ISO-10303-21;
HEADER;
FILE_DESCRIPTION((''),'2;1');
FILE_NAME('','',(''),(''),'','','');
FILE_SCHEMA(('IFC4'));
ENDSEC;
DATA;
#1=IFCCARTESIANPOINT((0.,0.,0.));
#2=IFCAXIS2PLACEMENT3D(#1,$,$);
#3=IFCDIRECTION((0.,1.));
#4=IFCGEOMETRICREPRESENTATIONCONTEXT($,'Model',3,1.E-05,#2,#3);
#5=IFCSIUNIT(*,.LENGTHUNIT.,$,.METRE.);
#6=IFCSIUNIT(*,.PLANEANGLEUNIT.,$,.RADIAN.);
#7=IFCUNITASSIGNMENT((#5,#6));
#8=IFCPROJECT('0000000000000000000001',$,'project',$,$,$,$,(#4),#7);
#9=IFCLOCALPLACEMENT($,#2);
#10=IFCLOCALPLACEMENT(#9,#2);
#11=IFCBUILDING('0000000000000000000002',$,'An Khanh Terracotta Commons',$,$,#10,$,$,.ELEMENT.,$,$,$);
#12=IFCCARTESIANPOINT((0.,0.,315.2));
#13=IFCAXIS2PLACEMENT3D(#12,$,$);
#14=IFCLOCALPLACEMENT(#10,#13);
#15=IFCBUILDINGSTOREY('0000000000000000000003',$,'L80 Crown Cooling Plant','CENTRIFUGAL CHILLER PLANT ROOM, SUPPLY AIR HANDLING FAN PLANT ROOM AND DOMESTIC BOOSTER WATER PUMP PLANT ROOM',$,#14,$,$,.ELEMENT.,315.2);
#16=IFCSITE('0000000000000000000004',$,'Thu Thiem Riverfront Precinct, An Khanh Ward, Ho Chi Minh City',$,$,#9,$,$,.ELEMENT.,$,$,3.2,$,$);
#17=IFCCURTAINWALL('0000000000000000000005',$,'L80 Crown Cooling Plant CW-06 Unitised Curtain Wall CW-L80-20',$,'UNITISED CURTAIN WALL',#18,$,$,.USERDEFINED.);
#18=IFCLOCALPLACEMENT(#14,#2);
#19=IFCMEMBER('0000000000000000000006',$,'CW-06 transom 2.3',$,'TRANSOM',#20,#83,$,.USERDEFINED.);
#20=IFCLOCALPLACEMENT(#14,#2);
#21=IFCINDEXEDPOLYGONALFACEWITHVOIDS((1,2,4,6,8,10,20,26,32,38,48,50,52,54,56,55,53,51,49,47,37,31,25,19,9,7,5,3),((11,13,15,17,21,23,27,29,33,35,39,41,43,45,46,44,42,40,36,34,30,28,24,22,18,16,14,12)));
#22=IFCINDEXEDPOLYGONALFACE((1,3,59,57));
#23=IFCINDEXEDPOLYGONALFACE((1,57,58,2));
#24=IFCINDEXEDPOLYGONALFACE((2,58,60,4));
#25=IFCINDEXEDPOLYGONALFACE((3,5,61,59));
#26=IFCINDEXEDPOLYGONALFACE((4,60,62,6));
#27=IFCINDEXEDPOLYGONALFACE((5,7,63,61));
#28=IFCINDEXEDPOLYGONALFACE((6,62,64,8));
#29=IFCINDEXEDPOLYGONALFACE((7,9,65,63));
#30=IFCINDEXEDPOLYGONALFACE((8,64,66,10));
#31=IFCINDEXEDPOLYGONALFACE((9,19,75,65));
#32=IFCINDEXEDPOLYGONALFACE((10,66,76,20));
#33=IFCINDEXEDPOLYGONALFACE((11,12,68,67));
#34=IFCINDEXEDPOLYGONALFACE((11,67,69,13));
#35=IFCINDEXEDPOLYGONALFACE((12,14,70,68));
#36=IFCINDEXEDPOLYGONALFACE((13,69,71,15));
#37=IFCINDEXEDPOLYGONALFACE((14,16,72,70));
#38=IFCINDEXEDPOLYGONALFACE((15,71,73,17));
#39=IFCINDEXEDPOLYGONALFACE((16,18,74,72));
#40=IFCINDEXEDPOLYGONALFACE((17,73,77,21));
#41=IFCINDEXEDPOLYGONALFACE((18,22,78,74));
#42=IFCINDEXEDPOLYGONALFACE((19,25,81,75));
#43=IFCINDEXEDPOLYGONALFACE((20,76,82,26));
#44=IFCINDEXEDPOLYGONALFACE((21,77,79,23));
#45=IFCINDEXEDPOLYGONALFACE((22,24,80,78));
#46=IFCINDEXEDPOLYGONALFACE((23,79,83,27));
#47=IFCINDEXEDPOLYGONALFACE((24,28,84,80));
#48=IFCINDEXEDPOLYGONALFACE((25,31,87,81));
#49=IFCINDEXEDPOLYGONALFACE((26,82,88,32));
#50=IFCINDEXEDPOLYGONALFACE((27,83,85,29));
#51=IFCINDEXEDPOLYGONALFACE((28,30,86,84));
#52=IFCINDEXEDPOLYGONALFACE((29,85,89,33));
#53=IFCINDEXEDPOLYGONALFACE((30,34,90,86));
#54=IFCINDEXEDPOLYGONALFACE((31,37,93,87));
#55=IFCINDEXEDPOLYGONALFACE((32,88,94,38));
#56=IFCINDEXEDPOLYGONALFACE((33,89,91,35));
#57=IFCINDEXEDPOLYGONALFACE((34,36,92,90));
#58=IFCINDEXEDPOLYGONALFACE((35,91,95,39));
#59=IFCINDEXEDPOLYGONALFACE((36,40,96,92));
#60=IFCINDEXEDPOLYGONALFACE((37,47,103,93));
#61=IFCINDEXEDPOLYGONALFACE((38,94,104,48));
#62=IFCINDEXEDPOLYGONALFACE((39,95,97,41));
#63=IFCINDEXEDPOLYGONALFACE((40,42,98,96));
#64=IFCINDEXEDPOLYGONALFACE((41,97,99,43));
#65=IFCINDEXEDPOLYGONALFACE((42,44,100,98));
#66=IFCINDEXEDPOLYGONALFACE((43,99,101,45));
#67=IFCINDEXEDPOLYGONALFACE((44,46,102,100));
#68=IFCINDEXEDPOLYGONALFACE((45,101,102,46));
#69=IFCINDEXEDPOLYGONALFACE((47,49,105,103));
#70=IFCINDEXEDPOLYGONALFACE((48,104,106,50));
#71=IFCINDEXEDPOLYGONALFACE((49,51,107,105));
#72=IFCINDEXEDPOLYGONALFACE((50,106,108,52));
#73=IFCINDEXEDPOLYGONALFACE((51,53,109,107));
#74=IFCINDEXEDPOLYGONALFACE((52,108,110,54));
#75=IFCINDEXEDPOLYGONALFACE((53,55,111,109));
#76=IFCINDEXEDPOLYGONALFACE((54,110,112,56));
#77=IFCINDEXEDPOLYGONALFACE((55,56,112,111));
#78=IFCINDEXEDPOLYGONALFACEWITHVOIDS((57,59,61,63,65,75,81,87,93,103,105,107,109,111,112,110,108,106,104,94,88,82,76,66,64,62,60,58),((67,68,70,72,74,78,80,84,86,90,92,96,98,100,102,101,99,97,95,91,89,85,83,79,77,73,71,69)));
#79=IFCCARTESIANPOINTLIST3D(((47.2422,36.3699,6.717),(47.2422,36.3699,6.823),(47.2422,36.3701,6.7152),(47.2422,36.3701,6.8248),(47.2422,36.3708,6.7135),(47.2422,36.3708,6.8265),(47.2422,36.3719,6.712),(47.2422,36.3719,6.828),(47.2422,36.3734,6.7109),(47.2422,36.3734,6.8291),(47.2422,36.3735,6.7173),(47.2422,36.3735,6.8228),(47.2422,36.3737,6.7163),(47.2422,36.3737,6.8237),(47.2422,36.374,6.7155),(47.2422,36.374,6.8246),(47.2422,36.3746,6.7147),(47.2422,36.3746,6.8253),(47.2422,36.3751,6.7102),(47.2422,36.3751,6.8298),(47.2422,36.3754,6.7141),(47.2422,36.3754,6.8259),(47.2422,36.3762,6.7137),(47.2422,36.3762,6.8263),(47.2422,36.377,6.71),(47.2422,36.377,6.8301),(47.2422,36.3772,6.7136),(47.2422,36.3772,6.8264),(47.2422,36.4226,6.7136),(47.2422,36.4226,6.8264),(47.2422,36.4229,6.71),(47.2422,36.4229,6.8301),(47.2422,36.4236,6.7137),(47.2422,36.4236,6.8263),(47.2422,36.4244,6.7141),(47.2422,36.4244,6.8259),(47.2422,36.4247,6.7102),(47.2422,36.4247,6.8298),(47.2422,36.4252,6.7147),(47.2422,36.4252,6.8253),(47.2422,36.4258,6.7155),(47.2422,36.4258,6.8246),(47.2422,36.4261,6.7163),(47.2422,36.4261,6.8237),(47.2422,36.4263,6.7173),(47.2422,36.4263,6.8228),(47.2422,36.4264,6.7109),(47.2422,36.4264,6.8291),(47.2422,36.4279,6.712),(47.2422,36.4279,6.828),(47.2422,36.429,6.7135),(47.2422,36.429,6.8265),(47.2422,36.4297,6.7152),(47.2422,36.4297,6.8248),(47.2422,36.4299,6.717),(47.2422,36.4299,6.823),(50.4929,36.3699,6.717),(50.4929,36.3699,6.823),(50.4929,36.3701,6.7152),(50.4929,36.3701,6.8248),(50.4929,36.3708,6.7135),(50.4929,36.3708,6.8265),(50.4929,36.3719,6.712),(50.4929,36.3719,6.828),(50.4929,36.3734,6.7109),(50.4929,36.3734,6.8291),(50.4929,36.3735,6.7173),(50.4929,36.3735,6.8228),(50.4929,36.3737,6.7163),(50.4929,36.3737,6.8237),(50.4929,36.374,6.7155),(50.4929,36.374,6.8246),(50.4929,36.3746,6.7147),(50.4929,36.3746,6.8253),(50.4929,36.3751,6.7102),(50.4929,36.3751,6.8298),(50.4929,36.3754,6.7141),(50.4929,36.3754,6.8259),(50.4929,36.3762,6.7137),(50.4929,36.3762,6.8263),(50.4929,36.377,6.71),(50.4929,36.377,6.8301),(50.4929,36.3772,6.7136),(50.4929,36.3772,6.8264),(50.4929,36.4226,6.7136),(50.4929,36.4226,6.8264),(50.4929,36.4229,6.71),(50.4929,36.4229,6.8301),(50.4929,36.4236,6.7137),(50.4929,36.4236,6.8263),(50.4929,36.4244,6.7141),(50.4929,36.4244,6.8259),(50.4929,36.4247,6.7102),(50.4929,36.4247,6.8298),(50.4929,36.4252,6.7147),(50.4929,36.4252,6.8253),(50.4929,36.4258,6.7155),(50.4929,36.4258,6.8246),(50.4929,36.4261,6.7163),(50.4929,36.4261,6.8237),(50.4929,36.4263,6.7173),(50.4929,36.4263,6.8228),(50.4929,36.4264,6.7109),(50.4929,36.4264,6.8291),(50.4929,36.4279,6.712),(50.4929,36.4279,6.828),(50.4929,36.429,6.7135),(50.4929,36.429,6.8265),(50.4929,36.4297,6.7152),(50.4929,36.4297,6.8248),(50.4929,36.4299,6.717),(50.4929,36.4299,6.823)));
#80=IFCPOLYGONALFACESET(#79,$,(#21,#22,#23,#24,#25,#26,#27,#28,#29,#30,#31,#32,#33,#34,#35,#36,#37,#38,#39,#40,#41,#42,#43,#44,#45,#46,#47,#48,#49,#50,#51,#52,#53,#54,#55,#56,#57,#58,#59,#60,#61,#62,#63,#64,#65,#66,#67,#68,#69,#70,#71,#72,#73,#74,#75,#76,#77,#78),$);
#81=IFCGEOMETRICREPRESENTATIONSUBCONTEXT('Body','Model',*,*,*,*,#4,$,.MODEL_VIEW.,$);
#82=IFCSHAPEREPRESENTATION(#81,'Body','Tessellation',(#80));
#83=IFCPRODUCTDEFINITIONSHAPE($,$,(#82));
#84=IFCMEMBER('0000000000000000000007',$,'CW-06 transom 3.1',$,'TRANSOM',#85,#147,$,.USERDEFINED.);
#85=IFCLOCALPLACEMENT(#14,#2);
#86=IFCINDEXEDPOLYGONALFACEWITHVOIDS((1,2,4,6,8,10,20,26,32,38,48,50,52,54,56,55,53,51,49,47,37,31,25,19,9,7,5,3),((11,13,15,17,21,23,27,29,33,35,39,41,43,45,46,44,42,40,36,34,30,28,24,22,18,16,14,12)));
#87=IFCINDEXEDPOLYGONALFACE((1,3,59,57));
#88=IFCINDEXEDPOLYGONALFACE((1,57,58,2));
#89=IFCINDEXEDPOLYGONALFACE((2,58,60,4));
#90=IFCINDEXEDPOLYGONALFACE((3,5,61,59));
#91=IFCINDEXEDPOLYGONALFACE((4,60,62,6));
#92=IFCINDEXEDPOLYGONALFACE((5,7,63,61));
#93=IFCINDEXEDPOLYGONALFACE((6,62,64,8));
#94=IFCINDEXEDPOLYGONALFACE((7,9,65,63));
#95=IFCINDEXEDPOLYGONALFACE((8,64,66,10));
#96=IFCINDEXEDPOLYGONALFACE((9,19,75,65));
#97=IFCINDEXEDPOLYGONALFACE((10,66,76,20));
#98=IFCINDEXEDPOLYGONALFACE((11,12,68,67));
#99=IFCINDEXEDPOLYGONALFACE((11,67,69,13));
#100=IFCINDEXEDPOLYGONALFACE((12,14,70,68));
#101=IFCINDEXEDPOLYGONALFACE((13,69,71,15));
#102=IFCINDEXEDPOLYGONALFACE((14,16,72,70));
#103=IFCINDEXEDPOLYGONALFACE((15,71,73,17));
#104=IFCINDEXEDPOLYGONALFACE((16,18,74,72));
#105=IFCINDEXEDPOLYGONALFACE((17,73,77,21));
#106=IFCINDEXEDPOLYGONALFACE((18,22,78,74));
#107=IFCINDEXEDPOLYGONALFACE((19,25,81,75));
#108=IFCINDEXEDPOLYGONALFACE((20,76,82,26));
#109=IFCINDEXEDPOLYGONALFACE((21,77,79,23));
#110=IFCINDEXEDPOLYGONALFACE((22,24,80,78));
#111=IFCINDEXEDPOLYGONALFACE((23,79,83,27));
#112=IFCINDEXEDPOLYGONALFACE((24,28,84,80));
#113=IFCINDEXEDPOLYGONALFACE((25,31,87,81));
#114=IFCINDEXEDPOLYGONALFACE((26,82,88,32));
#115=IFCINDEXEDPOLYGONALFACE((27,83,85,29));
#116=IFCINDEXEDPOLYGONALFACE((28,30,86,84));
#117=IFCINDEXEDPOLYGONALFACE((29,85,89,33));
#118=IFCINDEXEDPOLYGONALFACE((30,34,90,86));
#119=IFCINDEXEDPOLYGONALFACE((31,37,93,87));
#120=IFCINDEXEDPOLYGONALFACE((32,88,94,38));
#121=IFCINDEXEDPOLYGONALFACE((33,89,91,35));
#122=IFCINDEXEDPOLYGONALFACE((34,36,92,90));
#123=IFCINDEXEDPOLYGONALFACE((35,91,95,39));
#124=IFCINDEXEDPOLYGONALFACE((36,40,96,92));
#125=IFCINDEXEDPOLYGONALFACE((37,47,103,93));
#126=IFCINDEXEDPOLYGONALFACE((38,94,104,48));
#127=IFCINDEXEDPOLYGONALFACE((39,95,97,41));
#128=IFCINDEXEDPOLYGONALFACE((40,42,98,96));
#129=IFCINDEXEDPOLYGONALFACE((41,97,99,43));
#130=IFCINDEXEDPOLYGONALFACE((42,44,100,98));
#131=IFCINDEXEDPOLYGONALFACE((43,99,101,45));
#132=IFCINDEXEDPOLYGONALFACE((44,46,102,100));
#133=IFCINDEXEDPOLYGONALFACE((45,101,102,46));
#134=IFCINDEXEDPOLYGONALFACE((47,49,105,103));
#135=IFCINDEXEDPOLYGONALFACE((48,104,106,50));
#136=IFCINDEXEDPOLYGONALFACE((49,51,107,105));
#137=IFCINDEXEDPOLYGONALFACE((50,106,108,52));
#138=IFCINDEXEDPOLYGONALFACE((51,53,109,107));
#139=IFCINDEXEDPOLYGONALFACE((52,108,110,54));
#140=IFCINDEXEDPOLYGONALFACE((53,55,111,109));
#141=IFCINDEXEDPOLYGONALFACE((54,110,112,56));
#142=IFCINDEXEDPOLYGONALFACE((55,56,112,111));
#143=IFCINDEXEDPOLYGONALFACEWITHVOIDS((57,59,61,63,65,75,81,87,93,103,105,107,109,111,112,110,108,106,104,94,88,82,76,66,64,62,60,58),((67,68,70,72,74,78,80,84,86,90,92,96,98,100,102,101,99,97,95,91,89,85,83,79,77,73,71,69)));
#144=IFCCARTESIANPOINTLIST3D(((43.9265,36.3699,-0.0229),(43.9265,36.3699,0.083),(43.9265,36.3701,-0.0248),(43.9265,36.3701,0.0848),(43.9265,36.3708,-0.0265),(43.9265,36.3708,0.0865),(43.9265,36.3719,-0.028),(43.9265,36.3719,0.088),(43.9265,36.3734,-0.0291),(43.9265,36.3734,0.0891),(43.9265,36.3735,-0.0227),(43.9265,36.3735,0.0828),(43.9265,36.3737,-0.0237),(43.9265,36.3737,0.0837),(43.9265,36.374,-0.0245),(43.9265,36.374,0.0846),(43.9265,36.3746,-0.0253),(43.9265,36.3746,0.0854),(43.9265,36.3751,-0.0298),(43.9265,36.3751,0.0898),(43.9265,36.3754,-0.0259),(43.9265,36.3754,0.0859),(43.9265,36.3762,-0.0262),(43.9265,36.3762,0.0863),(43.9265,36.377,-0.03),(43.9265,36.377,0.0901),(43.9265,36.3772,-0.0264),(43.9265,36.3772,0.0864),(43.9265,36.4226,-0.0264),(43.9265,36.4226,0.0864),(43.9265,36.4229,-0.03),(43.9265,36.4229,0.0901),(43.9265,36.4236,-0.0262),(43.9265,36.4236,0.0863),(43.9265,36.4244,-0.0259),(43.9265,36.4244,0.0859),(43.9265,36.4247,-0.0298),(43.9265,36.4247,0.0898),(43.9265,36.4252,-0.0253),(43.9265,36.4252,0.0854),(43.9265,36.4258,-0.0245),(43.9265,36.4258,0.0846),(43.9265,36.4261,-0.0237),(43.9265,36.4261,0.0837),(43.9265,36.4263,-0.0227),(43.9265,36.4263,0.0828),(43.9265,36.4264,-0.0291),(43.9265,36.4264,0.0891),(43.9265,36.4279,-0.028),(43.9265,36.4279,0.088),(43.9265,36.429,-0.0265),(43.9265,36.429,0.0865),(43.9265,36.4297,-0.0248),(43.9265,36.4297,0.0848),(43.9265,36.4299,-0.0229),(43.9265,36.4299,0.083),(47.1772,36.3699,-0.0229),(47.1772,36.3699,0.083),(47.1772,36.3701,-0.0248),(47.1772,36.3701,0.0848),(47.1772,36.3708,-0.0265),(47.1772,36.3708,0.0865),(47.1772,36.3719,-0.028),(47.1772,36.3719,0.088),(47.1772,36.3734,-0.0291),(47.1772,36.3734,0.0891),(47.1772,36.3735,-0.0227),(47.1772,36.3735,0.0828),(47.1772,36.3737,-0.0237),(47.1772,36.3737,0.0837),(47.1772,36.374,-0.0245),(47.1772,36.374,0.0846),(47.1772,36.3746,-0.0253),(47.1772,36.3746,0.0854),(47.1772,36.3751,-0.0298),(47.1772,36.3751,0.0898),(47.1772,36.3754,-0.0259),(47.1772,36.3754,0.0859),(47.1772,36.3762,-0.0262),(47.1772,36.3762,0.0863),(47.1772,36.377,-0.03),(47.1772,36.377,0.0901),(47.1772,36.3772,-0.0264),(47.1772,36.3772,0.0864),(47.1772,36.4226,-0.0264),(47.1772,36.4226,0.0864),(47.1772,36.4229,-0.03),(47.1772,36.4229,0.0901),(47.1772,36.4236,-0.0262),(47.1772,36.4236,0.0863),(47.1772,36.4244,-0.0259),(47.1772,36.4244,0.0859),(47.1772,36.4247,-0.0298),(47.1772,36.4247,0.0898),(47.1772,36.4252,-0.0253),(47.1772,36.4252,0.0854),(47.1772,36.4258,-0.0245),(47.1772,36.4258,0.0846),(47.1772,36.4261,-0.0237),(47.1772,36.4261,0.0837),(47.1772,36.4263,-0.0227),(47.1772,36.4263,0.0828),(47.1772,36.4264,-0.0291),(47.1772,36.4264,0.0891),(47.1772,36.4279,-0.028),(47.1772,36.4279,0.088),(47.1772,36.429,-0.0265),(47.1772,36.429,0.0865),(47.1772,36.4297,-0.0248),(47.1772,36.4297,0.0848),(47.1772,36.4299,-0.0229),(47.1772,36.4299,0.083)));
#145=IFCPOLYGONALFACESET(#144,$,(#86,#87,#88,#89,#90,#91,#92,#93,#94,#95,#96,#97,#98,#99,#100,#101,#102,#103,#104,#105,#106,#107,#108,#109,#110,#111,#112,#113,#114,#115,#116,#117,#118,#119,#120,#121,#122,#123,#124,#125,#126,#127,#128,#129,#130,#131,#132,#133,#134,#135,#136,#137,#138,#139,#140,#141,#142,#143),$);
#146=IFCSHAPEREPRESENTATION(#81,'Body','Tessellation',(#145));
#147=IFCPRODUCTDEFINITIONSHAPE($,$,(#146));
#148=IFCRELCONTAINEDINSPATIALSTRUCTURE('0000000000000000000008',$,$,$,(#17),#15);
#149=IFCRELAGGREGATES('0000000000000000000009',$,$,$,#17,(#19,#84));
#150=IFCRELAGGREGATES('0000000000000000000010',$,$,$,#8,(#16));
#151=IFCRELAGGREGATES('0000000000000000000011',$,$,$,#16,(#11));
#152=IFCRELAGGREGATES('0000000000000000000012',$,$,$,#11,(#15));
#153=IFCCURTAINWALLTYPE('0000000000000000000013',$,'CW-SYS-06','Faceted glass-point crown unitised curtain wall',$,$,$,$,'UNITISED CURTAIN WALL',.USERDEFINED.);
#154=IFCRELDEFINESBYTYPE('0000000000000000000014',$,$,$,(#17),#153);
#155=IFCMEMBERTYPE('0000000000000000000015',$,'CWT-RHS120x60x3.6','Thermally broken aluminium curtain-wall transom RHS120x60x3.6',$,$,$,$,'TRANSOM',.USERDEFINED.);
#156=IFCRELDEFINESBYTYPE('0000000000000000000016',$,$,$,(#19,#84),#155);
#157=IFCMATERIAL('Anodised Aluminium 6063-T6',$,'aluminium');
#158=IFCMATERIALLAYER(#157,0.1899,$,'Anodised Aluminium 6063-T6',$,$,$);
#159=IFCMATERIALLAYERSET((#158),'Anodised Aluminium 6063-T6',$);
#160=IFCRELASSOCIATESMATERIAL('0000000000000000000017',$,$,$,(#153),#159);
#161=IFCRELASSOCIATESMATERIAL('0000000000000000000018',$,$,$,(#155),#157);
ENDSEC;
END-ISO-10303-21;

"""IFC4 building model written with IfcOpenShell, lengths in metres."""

from ifc_helpers import new_model, si_unit, direction, frame, origin, origin_2d, place, context, subcontext, project, spatial, hollow_rectangle, extrude, material, layer, layer_set, material_profile, profile_set, type_object, element, aggregate, save


model = new_model("IFC4")

# Units and contexts
model_context = context("Model", 3, precision=1e-05, world=origin(), true_north=direction((0.0, 1.0)))
body_context = subcontext(model_context, "Body", "Model", "MODEL_VIEW")
ifc_project = project(units=[si_unit("LENGTHUNIT", "METRE"), si_unit("PLANEANGLEUNIT", "RADIAN")], contexts=[model_context])

# Site, building, storey
site_placement = place(None, origin())
site = spatial("IfcSite", under=ifc_project, at=site_placement, Name="Thu Thiem Riverfront Precinct, An Khanh Ward, Ho Chi Minh City", CompositionType="ELEMENT", RefElevation=3.2)
building_placement = place(site_placement, origin())
building = spatial("IfcBuilding", under=site, at=building_placement, Name="An Khanh Terracotta Commons", CompositionType="ELEMENT")
storey_placement = place(building_placement, frame((0.0, 0.0, 315.2)))
storey = spatial("IfcBuildingStorey", under=building, at=storey_placement, Name="L80 Crown Cooling Plant", Description="CENTRIFUGAL CHILLER PLANT ROOM, SUPPLY AIR HANDLING FAN PLANT ROOM AND DOMESTIC BOOSTER WATER PUMP PLANT ROOM", CompositionType="ELEMENT", Elevation=315.2)

# Curtain wall, members
ifc_material_1 = material(Name="Anodised Aluminium 6063-T6", Category="aluminium")
ifc_layer_1 = layer(ifc_material_1, 0.1899, Name="Anodised Aluminium 6063-T6")
ifc_layer_set_1 = layer_set([ifc_layer_1], Name="Anodised Aluminium 6063-T6")
curtain_wall_type = type_object("IfcCurtainWallType", Name="CW-SYS-06", Description="Faceted glass-point crown unitised curtain wall", ElementType="UNITISED CURTAIN WALL", PredefinedType="USERDEFINED", material=ifc_layer_set_1)
curtain_wall_placement = place(storey_placement, origin())
curtain_wall = element("IfcCurtainWall", 1, at=curtain_wall_placement, inside=storey, type_object=curtain_wall_type, Name="L80 Crown Cooling Plant CW-06 Unitised Curtain Wall CW-L80-20", ObjectType="UNITISED CURTAIN WALL", PredefinedType="USERDEFINED")
ifc_material_profile_1 = material_profile(ifc_material_1, hollow_rectangle(XDim=0.0601, YDim=0.1201, WallThickness=0.0037, InnerFilletRadius=0.0037, OuterFilletRadius=0.0071, at=origin_2d()), Name="RHS120x60x3.6")
ifc_profile_set_1 = profile_set([ifc_material_profile_1], Name="Anodised Aluminium 6063-T6")
member_type_1 = type_object("IfcMemberType", Name="CWT-RHS120x60x3.6", Description="Thermally broken aluminium curtain-wall transom RHS120x60x3.6", ElementType="TRANSOM", PredefinedType="USERDEFINED", material=ifc_profile_set_1)
member_1_placement = place(storey_placement, frame((50.4929, 36.3999, 6.77), z_axis=(-1.0, 0.0, 0.0), x_axis=(0.0, -1.0, 0.0)))
member_1 = element("IfcMember", 2, at=member_1_placement, type_object=member_type_1, Name="CW-06 transom 2.3", ObjectType="TRANSOM", PredefinedType="USERDEFINED", context=body_context, shape_type="SweptSolid", body=[
    extrude(hollow_rectangle(XDim=0.0601, YDim=0.1201, WallThickness=0.0037, InnerFilletRadius=0.0037, OuterFilletRadius=0.0071, at=origin_2d()), origin(), (0.0, 0.0, 1.0), 3.2507),
])
member_2_placement = place(storey_placement, frame((47.1772, 36.3999, 0.03), z_axis=(-1.0, 0.0, 0.0), x_axis=(0.0, -1.0, 0.0)))
member_2 = element("IfcMember", 3, at=member_2_placement, type_object=member_type_1, Name="CW-06 transom 3.1", ObjectType="TRANSOM", PredefinedType="USERDEFINED", context=body_context, shape_type="SweptSolid", body=[
    extrude(hollow_rectangle(XDim=0.0601, YDim=0.1201, WallThickness=0.0037, InnerFilletRadius=0.0037, OuterFilletRadius=0.0071, at=origin_2d()), origin(), (0.0, 0.0, 1.0), 3.2507),
])

aggregate(curtain_wall, [member_1, member_2])

save(model, "model.ifc")
